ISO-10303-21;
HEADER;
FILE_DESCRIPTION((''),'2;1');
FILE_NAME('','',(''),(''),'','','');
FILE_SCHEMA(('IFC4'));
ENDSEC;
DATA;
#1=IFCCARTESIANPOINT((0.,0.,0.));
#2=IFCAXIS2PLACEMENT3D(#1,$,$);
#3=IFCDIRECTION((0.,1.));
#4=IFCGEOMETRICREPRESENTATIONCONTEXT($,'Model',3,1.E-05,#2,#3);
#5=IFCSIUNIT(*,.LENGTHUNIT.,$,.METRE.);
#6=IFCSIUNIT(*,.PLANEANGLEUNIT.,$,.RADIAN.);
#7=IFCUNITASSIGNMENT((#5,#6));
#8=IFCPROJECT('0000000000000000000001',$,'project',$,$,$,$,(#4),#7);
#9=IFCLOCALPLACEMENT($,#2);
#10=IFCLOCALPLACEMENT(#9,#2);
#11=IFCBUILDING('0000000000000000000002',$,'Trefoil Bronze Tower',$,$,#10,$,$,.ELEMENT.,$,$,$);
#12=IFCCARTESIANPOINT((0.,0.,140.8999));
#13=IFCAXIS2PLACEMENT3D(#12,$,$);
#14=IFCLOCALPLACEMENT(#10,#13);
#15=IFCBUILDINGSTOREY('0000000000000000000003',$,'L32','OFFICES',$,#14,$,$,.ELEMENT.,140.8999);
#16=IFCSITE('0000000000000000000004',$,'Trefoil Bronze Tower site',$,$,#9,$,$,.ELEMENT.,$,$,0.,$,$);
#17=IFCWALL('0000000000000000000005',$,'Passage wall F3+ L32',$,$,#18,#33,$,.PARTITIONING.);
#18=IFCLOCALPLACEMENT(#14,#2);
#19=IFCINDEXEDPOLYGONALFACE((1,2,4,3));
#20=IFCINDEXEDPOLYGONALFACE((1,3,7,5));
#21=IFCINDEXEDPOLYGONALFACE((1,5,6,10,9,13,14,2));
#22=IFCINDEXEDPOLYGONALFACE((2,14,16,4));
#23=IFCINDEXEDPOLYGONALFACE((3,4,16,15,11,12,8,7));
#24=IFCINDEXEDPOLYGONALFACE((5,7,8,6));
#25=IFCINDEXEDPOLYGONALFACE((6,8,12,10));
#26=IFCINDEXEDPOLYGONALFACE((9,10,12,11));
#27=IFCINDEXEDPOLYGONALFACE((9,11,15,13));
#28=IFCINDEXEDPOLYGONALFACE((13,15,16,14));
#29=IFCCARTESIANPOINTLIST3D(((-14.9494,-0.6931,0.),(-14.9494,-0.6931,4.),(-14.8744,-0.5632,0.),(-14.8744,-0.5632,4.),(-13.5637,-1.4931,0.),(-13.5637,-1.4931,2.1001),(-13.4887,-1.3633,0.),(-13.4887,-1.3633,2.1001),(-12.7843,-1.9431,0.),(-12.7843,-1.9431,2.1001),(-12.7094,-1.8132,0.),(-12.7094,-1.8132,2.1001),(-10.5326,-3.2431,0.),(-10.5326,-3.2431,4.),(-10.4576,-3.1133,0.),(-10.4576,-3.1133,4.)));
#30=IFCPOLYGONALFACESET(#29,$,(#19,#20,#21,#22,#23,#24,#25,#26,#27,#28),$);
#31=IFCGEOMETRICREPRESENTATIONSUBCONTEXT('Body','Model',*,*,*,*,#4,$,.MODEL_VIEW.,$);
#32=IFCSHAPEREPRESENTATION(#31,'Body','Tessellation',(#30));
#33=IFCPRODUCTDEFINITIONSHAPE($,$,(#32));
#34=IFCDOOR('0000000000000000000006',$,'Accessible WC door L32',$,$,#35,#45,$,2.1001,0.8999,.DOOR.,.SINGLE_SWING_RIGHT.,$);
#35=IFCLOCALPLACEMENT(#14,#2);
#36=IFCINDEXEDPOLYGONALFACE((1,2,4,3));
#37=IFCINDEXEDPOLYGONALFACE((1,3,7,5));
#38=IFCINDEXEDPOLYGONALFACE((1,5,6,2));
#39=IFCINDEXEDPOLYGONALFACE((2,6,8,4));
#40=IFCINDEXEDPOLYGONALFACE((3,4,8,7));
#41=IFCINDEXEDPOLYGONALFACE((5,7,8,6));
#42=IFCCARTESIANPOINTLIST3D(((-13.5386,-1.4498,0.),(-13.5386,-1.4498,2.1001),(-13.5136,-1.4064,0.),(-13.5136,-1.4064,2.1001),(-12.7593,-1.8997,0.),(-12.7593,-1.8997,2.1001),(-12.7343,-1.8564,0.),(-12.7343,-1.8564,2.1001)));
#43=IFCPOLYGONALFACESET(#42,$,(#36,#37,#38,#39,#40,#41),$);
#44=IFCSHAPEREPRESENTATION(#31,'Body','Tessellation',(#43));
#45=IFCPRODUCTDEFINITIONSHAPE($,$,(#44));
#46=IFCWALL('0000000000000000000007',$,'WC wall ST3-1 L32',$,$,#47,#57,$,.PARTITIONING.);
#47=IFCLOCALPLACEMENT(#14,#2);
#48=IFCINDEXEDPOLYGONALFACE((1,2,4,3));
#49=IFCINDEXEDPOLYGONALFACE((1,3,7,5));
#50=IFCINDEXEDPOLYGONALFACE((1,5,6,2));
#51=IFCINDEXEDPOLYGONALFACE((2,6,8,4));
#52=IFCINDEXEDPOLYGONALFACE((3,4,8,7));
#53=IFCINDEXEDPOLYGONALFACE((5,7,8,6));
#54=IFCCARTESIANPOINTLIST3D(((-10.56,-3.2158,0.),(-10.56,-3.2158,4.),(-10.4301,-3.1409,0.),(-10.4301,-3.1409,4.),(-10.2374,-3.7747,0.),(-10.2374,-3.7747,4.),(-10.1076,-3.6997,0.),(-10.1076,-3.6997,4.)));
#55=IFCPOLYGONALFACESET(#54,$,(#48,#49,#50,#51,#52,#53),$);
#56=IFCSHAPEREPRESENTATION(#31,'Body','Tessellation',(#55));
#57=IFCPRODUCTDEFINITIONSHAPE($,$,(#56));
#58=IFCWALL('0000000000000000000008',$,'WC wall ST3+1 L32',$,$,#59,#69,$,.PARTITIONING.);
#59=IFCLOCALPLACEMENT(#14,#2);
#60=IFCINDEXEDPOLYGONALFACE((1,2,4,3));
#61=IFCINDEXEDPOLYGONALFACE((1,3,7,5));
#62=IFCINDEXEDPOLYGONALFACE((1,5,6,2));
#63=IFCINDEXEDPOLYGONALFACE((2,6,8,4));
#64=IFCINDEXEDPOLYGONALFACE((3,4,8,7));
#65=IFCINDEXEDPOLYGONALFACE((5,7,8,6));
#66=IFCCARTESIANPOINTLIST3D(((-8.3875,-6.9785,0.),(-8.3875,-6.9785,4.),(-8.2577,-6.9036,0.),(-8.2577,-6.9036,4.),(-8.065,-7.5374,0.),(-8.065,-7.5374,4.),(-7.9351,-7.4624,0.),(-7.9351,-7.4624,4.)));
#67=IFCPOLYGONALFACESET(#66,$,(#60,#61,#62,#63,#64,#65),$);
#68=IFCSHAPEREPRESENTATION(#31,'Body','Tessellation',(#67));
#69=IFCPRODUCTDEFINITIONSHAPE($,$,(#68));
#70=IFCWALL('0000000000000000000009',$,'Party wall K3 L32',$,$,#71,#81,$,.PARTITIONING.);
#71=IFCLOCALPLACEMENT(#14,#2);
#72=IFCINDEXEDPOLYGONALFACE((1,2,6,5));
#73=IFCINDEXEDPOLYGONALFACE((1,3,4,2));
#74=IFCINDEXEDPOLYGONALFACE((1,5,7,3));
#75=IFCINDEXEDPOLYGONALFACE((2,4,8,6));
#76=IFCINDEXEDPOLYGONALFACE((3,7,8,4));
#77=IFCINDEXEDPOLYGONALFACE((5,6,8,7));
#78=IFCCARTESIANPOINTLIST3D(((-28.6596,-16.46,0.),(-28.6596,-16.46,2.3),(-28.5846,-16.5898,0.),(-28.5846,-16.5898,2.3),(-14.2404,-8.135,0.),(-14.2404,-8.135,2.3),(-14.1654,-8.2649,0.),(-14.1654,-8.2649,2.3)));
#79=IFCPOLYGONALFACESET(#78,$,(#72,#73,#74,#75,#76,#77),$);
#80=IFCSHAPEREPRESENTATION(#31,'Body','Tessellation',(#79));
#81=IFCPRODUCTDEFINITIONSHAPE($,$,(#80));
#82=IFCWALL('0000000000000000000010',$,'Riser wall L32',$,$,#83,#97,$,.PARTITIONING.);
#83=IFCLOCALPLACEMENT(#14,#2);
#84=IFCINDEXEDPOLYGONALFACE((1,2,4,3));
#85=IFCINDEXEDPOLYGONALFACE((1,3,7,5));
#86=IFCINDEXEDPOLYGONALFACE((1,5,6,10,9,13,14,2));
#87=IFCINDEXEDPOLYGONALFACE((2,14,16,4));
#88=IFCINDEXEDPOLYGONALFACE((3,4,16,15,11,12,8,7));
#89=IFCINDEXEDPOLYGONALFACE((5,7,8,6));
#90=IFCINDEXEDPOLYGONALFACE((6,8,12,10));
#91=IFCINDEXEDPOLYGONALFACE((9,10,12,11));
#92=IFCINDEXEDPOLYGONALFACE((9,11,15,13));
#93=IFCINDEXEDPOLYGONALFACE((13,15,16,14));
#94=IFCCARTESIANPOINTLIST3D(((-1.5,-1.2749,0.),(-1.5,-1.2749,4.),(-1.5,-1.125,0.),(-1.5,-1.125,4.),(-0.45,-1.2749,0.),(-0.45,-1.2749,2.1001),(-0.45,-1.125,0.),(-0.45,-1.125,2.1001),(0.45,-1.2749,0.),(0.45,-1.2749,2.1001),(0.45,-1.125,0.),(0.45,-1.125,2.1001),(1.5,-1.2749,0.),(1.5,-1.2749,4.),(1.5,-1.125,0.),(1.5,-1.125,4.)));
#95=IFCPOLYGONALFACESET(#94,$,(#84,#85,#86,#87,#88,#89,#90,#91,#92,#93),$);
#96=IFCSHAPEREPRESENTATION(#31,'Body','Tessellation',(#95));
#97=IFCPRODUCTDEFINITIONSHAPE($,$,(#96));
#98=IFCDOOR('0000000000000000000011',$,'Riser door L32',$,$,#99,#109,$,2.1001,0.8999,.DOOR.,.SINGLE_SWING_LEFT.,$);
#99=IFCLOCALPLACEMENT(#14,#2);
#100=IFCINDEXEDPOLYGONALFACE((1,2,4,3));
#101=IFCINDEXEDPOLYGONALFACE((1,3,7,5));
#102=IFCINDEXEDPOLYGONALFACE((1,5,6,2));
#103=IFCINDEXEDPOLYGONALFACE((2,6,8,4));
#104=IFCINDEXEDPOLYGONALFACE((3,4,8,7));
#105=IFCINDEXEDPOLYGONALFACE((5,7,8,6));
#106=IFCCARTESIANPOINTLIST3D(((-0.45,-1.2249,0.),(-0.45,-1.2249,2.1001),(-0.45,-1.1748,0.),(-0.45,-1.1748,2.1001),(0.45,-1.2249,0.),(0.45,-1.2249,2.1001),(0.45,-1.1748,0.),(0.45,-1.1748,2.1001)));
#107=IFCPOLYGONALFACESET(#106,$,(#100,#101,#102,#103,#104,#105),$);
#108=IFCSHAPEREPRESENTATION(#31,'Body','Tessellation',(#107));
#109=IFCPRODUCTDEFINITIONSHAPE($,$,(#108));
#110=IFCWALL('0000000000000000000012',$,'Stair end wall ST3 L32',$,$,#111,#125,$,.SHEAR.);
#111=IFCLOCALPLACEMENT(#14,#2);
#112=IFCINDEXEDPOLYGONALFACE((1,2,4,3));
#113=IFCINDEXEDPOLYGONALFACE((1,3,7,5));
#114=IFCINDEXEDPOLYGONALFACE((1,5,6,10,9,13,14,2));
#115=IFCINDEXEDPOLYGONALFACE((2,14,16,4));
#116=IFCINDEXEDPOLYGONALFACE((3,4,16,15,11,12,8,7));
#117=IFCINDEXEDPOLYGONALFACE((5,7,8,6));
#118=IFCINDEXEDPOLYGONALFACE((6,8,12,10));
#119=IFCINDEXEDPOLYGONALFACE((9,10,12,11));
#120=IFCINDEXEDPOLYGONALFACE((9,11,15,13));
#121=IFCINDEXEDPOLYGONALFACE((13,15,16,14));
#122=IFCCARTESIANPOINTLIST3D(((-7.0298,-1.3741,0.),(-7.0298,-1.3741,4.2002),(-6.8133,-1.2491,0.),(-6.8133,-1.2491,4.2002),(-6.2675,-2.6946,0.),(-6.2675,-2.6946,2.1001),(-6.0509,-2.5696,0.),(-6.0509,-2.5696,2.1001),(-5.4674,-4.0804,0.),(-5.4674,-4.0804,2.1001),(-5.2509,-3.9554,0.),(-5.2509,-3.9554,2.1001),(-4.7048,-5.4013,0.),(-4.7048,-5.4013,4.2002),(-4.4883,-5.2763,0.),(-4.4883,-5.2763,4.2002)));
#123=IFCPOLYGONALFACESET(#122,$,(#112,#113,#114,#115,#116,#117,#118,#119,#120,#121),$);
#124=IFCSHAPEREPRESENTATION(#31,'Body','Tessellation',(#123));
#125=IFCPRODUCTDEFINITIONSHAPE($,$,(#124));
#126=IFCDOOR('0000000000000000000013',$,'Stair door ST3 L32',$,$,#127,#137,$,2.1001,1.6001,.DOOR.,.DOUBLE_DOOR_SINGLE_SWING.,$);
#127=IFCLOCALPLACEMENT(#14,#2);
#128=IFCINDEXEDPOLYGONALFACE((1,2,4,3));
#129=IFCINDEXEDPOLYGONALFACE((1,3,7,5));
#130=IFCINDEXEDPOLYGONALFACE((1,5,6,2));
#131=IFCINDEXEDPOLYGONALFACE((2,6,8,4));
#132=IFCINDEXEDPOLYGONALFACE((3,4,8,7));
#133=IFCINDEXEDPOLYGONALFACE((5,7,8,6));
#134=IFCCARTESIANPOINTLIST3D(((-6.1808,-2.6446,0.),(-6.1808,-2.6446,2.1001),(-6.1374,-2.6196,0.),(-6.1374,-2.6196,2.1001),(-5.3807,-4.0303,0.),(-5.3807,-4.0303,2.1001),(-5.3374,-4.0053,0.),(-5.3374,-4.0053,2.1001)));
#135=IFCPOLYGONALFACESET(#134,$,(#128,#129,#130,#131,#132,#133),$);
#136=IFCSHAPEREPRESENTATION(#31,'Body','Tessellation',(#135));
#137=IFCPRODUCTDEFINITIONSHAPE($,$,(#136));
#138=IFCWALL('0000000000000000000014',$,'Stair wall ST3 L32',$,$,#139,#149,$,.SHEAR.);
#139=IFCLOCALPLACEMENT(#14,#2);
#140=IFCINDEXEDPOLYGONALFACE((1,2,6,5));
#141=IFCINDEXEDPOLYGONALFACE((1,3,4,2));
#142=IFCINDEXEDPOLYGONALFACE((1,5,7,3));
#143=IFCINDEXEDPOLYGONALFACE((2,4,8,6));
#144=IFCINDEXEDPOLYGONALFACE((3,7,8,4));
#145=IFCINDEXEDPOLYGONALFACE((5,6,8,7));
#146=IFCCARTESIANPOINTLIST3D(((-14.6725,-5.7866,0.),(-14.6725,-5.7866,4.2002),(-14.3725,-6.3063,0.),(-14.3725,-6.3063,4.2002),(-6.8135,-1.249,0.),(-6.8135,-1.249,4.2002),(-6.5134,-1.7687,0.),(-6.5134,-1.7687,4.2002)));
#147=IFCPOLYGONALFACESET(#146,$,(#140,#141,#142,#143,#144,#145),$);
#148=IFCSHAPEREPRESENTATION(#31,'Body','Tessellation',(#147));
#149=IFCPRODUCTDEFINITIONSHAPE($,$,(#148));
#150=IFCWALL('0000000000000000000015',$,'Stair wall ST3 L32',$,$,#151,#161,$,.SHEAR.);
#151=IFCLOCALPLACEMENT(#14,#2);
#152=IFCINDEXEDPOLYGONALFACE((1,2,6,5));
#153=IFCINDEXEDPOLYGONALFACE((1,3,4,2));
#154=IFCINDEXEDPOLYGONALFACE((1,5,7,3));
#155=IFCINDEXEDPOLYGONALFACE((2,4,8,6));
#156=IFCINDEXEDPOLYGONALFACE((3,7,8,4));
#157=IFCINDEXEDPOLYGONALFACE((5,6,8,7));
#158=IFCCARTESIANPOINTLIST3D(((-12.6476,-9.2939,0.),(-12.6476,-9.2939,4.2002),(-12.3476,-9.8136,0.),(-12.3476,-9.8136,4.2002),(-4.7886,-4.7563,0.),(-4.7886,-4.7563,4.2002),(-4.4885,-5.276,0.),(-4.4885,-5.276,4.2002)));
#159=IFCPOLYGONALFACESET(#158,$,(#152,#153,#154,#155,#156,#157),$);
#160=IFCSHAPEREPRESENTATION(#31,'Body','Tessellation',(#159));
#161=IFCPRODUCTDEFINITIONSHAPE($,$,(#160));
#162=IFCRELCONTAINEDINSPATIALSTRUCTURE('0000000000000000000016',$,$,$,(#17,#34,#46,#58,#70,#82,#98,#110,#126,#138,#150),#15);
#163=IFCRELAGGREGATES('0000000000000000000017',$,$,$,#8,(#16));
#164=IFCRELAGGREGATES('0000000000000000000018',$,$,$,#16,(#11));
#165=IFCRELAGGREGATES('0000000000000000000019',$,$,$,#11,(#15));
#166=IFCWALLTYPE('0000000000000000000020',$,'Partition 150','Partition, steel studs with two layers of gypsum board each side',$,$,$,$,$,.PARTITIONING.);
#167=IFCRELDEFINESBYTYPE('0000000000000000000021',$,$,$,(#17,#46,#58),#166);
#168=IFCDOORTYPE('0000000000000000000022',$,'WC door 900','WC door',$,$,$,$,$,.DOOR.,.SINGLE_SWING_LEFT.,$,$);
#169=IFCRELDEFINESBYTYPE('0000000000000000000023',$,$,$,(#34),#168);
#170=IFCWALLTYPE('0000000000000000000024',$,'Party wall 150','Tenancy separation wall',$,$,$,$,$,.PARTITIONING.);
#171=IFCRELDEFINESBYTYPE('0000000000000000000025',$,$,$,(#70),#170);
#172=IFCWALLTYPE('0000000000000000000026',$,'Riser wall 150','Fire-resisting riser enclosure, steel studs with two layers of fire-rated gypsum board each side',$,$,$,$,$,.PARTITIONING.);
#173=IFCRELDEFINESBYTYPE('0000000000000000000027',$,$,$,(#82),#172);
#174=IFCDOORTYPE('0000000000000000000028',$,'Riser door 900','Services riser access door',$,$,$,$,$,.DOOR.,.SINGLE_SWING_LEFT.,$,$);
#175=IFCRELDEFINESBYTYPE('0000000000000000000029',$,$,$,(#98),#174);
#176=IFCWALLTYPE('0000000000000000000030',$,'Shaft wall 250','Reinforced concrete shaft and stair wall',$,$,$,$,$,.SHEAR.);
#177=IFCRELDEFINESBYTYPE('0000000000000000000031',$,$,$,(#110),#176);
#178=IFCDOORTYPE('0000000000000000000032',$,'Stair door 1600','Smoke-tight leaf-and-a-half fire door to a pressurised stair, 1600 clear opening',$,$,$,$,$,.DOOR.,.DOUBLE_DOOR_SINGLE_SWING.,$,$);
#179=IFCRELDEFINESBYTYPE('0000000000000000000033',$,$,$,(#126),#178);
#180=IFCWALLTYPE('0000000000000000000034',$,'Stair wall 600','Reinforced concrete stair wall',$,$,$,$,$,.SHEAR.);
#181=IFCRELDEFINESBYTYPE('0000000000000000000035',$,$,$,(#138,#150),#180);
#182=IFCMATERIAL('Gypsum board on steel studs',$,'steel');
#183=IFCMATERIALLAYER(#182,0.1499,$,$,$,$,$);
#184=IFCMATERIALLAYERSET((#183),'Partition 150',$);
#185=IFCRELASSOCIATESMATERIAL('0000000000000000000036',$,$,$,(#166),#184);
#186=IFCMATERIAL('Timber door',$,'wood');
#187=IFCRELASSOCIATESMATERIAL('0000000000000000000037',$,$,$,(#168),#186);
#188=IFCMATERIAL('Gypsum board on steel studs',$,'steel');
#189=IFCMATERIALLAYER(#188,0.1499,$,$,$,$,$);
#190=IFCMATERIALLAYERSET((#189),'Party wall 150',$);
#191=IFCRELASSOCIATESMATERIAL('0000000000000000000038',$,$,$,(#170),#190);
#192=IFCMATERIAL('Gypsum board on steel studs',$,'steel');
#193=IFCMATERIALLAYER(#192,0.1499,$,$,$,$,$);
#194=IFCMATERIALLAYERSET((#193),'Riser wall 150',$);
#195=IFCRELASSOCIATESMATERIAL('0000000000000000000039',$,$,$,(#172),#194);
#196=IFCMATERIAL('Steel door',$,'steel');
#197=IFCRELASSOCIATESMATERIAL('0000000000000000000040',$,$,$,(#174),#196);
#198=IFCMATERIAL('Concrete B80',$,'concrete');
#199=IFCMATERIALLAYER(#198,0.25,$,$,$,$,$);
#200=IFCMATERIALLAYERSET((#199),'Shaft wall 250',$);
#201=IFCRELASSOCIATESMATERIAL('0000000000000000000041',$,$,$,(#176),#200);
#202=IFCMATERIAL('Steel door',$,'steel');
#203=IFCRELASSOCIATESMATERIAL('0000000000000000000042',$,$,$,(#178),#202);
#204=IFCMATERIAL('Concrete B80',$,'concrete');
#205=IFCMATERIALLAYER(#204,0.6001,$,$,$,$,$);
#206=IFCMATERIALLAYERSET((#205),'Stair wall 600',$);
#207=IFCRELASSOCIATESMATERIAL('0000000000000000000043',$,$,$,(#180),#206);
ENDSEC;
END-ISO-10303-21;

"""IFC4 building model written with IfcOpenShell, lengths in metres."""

from ifc_helpers import new_model, si_unit, direction, frame, frame_2d, origin, place, context, subcontext, project, spatial, rectangle, extrude, material, layer, layer_set, type_object, element, fill, save


model = new_model("IFC4")

# Units and contexts
model_context = context("Model", 3, precision=1e-05, world=origin(), true_north=direction((0.0, 1.0)))
body_context = subcontext(model_context, "Body", "Model", "MODEL_VIEW")
ifc_project = project(units=[si_unit("LENGTHUNIT", "METRE"), si_unit("PLANEANGLEUNIT", "RADIAN")], contexts=[model_context])

# Site, building, storey
site_placement = place(None, origin())
site = spatial("IfcSite", under=ifc_project, at=site_placement, Name="Trefoil Bronze Tower site", CompositionType="ELEMENT", RefElevation=0.0)
building_placement = place(site_placement, origin())
building = spatial("IfcBuilding", under=site, at=building_placement, Name="Trefoil Bronze Tower", CompositionType="ELEMENT")
storey_placement = place(building_placement, frame((0.0, 0.0, 140.8999)))
storey = spatial("IfcBuildingStorey", under=building, at=storey_placement, Name="L32", Description="OFFICES", CompositionType="ELEMENT", Elevation=140.8999)

# Wall, opening, door
ifc_material_1 = material(Name="Gypsum board on steel studs", Category="steel")
ifc_layer_1 = layer(ifc_material_1, 0.1499)
ifc_layer_set_1 = layer_set([ifc_layer_1], Name="Partition 150")
wall_type_1 = type_object("IfcWallType", Name="Partition 150", Description="Partition, steel studs with two layers of gypsum board each side", PredefinedType="PARTITIONING", material=ifc_layer_set_1)
ifc_material_2 = material(Name="Timber door", Category="wood")
door_type_1 = type_object("IfcDoorType", Name="WC door 900", Description="WC door", OperationType="SINGLE_SWING_LEFT", PredefinedType="DOOR", material=ifc_material_2)
wall_1_placement = place(storey_placement, frame((-10.4951, -3.1782, 0.0), z_axis=(0.0, 0.0, 1.0), x_axis=(-0.866022, 0.500006, 0.0)))
wall_1 = element("IfcWall", 1, at=wall_1_placement, inside=storey, type_object=wall_type_1, Name="Passage wall F3+ L32", PredefinedType="PARTITIONING", context=body_context, shape_type="SweptSolid", body=[
    extrude(rectangle(XDim=5.1001, YDim=0.1499, at=frame_2d((2.55, 0.0))), origin(), (0.0, 0.0, 1.0), 4.0),
])
opening_1_placement = place(wall_1_placement, frame((2.6001, 0.0, 0.0)))
opening_1 = element("IfcOpeningElement", 2, at=opening_1_placement, cuts=wall_1, PredefinedType="OPENING", context=body_context, shape_type="SweptSolid", body=[
    extrude(rectangle(XDim=0.8999, YDim=2.1001, at=frame_2d((0.45, 1.05))), frame((0.0, 0.085, 0.0), z_axis=(0.0, -1.0, 0.0), x_axis=(1.0, 0.0, 0.0)), (0.0, 0.0, 1.0), 0.1699),
])
door_1_placement = place(opening_1_placement, origin())
door_1 = element("IfcDoor", 3, at=door_1_placement, inside=storey, type_object=door_type_1, Name="Accessible WC door L32", OperationType="SINGLE_SWING_RIGHT", OverallHeight=2.1001, OverallWidth=0.8999, PredefinedType="DOOR", context=body_context, shape_type="SweptSolid", body=[
    extrude(rectangle(XDim=0.8999, YDim=2.1001, at=frame_2d((0.45, 1.05))), frame((0.0, 0.0249, 0.0), z_axis=(0.0, -1.0, 0.0), x_axis=(1.0, 0.0, 0.0)), (0.0, 0.0, 1.0), 0.05),
])
fill(opening_1, door_1)

# Walls
for number, where, z_axis, x_axis, name in (
    (4, (-10.4951, -3.1782, 0.0), (0.0, 0.0, 1.0), (0.499843, -0.866116, 0.0), "WC wall ST3-1 L32"),
    (5, (-8.0, -7.5, 0.0), (0.0, 0.0, 1.0), (-0.499843, 0.866116, 0.0), "WC wall ST3+1 L32"),
):
    element("IfcWall", number, at=place(storey_placement, frame(where, z_axis=z_axis, x_axis=x_axis)), inside=storey, type_object=wall_type_1, Name=name, PredefinedType="PARTITIONING", context=body_context, shape_type="SweptSolid", body=[
        extrude(rectangle(XDim=0.6453, YDim=0.1499, at=frame_2d((0.3228, 0.0))), origin(), (0.0, 0.0, 1.0), 4.0),
    ])
ifc_material_3 = material(Name="Gypsum board on steel studs", Category="steel")
ifc_layer_2 = layer(ifc_material_3, 0.1499)
ifc_layer_set_2 = layer_set([ifc_layer_2], Name="Party wall 150")
wall_type_2 = type_object("IfcWallType", Name="Party wall 150", Description="Tenancy separation wall", PredefinedType="PARTITIONING", material=ifc_layer_set_2)
wall_2_placement = place(storey_placement, frame((-14.2029, -8.2, 0.0), z_axis=(0.0, 0.0, 1.0), x_axis=(-0.866025, -0.500001, 0.0)))
element("IfcWall", 6, at=wall_2_placement, inside=storey, type_object=wall_type_2, Name="Party wall K3 L32", PredefinedType="PARTITIONING", context=body_context, shape_type="SweptSolid", body=[
    extrude(rectangle(XDim=16.6499, YDim=0.1499, at=frame_2d((8.325, 0.0))), origin(), (0.0, 0.0, 1.0), 2.3),
])

# Walls, openings, doors
ifc_material_4 = material(Name="Gypsum board on steel studs", Category="steel")
ifc_layer_3 = layer(ifc_material_4, 0.1499)
ifc_layer_set_3 = layer_set([ifc_layer_3], Name="Riser wall 150")
wall_type_3 = type_object("IfcWallType", Name="Riser wall 150", Description="Fire-resisting riser enclosure, steel studs with two layers of fire-rated gypsum board each side", PredefinedType="PARTITIONING", material=ifc_layer_set_3)
wall_3_placement = place(storey_placement, frame((-1.5, -1.2, 0.0), z_axis=(0.0, 0.0, 1.0), x_axis=(1.0, 0.0, 0.0)))
wall_3 = element("IfcWall", 7, at=wall_3_placement, inside=storey, type_object=wall_type_3, Name="Riser wall L32", PredefinedType="PARTITIONING", context=body_context, shape_type="SweptSolid", body=[
    extrude(rectangle(XDim=3.0, YDim=0.1499, at=frame_2d((1.5, 0.0))), origin(), (0.0, 0.0, 1.0), 4.0),
])
opening_2_placement = place(wall_3_placement, frame((1.05, 0.0, 0.0)))
opening_2 = element("IfcOpeningElement", 8, at=opening_2_placement, cuts=wall_3, PredefinedType="OPENING", context=body_context, shape_type="SweptSolid", body=[
    extrude(rectangle(XDim=0.8999, YDim=2.1001, at=frame_2d((0.45, 1.05))), frame((0.0, 0.085, 0.0), z_axis=(0.0, -1.0, 0.0), x_axis=(1.0, 0.0, 0.0)), (0.0, 0.0, 1.0), 0.1699),
])
ifc_material_5 = material(Name="Steel door", Category="steel")
door_type_2 = type_object("IfcDoorType", Name="Riser door 900", Description="Services riser access door", OperationType="SINGLE_SWING_LEFT", PredefinedType="DOOR", material=ifc_material_5)
door_2_placement = place(opening_2_placement, frame((0.8999, 0.0, 0.0), z_axis=(0.0, 0.0, 1.0), x_axis=(-1.0, 0.0, 0.0)))
door_2 = element("IfcDoor", 9, at=door_2_placement, inside=storey, type_object=door_type_2, Name="Riser door L32", OperationType="SINGLE_SWING_LEFT", OverallHeight=2.1001, OverallWidth=0.8999, PredefinedType="DOOR", context=body_context, shape_type="SweptSolid", body=[
    extrude(rectangle(XDim=0.8999, YDim=2.1001, at=frame_2d((0.45, 1.05))), frame((0.0, 0.0249, 0.0), z_axis=(0.0, -1.0, 0.0), x_axis=(1.0, 0.0, 0.0)), (0.0, 0.0, 1.0), 0.05),
])
fill(opening_2, door_2)
ifc_material_6 = material(Name="Concrete B80", Category="concrete")
ifc_layer_4 = layer(ifc_material_6, 0.25)
ifc_layer_set_4 = layer_set([ifc_layer_4], Name="Shaft wall 250")
wall_type_4 = type_object("IfcWallType", Name="Shaft wall 250", Description="Reinforced concrete shaft and stair wall", PredefinedType="SHEAR", material=ifc_layer_set_4)
wall_4_placement = place(storey_placement, frame((-6.9216, -1.3115, 0.0), z_axis=(0.0, 0.0, 1.0), x_axis=(0.499985, -0.866034, 0.0)))
wall_4 = element("IfcWall", 10, at=wall_4_placement, inside=storey, type_object=wall_type_4, Name="Stair end wall ST3 L32", PredefinedType="SHEAR", context=body_context, shape_type="SweptSolid", body=[
    extrude(rectangle(XDim=4.6501, YDim=0.25, at=frame_2d((2.3252, 0.0))), origin(), (0.0, 0.0, 1.0), 4.2002),
])
opening_3_placement = place(wall_4_placement, frame((1.5249, 0.0, 0.0)))
opening_3 = element("IfcOpeningElement", 11, at=opening_3_placement, cuts=wall_4, PredefinedType="OPENING", context=body_context, shape_type="SweptSolid", body=[
    extrude(rectangle(XDim=1.6001, YDim=2.1001, at=frame_2d((0.8, 1.05))), frame((0.0, 0.135, 0.0), z_axis=(0.0, -1.0, 0.0), x_axis=(1.0, 0.0, 0.0)), (0.0, 0.0, 1.0), 0.27),
])
ifc_material_7 = material(Name="Steel door", Category="steel")
door_type_3 = type_object("IfcDoorType", Name="Stair door 1600", Description="Smoke-tight leaf-and-a-half fire door to a pressurised stair, 1600 clear opening", OperationType="DOUBLE_DOOR_SINGLE_SWING", PredefinedType="DOOR", material=ifc_material_7)
door_3_placement = place(opening_3_placement, frame((1.6001, 0.0, 0.0), z_axis=(0.0, 0.0, 1.0), x_axis=(-1.0, 0.0, 0.0)))
door_3 = element("IfcDoor", 12, at=door_3_placement, inside=storey, type_object=door_type_3, Name="Stair door ST3 L32", OperationType="DOUBLE_DOOR_SINGLE_SWING", OverallHeight=2.1001, OverallWidth=1.6001, PredefinedType="DOOR", context=body_context, shape_type="SweptSolid", body=[
    extrude(rectangle(XDim=1.6001, YDim=2.1001, at=frame_2d((0.8, 1.05))), frame((0.0, 0.0249, 0.0), z_axis=(0.0, -1.0, 0.0), x_axis=(1.0, 0.0, 0.0)), (0.0, 0.0, 1.0), 0.05),
])
fill(opening_3, door_3)

# Walls
ifc_material_8 = material(Name="Concrete B80", Category="concrete")
ifc_layer_5 = layer(ifc_material_8, 0.6001)
ifc_layer_set_5 = layer_set([ifc_layer_5], Name="Stair wall 600")
wall_type_5 = type_object("IfcWallType", Name="Stair wall 600", Description="Reinforced concrete stair wall", PredefinedType="SHEAR", material=ifc_layer_set_5)
for number, where, z_axis, x_axis, name in (
    (13, (-6.6633, -1.5088, 0.0), (0.0, 0.0, 1.0), (-0.866019, -0.50001, 0.0), "Stair wall ST3 L32"),
    (14, (-4.6384, -5.0161, 0.0), (0.0, 0.0, 1.0), (-0.866019, -0.50001, 0.0), "Stair wall ST3 L32"),
):
    element("IfcWall", number, at=place(storey_placement, frame(where, z_axis=z_axis, x_axis=x_axis)), inside=storey, type_object=wall_type_5, Name=name, PredefinedType="SHEAR", context=body_context, shape_type="SweptSolid", body=[
        extrude(rectangle(XDim=9.075, YDim=0.6001, at=frame_2d((4.5376, 0.0))), origin(), (0.0, 0.0, 1.0), 4.2002),
    ])

save(model, "model.ifc")
